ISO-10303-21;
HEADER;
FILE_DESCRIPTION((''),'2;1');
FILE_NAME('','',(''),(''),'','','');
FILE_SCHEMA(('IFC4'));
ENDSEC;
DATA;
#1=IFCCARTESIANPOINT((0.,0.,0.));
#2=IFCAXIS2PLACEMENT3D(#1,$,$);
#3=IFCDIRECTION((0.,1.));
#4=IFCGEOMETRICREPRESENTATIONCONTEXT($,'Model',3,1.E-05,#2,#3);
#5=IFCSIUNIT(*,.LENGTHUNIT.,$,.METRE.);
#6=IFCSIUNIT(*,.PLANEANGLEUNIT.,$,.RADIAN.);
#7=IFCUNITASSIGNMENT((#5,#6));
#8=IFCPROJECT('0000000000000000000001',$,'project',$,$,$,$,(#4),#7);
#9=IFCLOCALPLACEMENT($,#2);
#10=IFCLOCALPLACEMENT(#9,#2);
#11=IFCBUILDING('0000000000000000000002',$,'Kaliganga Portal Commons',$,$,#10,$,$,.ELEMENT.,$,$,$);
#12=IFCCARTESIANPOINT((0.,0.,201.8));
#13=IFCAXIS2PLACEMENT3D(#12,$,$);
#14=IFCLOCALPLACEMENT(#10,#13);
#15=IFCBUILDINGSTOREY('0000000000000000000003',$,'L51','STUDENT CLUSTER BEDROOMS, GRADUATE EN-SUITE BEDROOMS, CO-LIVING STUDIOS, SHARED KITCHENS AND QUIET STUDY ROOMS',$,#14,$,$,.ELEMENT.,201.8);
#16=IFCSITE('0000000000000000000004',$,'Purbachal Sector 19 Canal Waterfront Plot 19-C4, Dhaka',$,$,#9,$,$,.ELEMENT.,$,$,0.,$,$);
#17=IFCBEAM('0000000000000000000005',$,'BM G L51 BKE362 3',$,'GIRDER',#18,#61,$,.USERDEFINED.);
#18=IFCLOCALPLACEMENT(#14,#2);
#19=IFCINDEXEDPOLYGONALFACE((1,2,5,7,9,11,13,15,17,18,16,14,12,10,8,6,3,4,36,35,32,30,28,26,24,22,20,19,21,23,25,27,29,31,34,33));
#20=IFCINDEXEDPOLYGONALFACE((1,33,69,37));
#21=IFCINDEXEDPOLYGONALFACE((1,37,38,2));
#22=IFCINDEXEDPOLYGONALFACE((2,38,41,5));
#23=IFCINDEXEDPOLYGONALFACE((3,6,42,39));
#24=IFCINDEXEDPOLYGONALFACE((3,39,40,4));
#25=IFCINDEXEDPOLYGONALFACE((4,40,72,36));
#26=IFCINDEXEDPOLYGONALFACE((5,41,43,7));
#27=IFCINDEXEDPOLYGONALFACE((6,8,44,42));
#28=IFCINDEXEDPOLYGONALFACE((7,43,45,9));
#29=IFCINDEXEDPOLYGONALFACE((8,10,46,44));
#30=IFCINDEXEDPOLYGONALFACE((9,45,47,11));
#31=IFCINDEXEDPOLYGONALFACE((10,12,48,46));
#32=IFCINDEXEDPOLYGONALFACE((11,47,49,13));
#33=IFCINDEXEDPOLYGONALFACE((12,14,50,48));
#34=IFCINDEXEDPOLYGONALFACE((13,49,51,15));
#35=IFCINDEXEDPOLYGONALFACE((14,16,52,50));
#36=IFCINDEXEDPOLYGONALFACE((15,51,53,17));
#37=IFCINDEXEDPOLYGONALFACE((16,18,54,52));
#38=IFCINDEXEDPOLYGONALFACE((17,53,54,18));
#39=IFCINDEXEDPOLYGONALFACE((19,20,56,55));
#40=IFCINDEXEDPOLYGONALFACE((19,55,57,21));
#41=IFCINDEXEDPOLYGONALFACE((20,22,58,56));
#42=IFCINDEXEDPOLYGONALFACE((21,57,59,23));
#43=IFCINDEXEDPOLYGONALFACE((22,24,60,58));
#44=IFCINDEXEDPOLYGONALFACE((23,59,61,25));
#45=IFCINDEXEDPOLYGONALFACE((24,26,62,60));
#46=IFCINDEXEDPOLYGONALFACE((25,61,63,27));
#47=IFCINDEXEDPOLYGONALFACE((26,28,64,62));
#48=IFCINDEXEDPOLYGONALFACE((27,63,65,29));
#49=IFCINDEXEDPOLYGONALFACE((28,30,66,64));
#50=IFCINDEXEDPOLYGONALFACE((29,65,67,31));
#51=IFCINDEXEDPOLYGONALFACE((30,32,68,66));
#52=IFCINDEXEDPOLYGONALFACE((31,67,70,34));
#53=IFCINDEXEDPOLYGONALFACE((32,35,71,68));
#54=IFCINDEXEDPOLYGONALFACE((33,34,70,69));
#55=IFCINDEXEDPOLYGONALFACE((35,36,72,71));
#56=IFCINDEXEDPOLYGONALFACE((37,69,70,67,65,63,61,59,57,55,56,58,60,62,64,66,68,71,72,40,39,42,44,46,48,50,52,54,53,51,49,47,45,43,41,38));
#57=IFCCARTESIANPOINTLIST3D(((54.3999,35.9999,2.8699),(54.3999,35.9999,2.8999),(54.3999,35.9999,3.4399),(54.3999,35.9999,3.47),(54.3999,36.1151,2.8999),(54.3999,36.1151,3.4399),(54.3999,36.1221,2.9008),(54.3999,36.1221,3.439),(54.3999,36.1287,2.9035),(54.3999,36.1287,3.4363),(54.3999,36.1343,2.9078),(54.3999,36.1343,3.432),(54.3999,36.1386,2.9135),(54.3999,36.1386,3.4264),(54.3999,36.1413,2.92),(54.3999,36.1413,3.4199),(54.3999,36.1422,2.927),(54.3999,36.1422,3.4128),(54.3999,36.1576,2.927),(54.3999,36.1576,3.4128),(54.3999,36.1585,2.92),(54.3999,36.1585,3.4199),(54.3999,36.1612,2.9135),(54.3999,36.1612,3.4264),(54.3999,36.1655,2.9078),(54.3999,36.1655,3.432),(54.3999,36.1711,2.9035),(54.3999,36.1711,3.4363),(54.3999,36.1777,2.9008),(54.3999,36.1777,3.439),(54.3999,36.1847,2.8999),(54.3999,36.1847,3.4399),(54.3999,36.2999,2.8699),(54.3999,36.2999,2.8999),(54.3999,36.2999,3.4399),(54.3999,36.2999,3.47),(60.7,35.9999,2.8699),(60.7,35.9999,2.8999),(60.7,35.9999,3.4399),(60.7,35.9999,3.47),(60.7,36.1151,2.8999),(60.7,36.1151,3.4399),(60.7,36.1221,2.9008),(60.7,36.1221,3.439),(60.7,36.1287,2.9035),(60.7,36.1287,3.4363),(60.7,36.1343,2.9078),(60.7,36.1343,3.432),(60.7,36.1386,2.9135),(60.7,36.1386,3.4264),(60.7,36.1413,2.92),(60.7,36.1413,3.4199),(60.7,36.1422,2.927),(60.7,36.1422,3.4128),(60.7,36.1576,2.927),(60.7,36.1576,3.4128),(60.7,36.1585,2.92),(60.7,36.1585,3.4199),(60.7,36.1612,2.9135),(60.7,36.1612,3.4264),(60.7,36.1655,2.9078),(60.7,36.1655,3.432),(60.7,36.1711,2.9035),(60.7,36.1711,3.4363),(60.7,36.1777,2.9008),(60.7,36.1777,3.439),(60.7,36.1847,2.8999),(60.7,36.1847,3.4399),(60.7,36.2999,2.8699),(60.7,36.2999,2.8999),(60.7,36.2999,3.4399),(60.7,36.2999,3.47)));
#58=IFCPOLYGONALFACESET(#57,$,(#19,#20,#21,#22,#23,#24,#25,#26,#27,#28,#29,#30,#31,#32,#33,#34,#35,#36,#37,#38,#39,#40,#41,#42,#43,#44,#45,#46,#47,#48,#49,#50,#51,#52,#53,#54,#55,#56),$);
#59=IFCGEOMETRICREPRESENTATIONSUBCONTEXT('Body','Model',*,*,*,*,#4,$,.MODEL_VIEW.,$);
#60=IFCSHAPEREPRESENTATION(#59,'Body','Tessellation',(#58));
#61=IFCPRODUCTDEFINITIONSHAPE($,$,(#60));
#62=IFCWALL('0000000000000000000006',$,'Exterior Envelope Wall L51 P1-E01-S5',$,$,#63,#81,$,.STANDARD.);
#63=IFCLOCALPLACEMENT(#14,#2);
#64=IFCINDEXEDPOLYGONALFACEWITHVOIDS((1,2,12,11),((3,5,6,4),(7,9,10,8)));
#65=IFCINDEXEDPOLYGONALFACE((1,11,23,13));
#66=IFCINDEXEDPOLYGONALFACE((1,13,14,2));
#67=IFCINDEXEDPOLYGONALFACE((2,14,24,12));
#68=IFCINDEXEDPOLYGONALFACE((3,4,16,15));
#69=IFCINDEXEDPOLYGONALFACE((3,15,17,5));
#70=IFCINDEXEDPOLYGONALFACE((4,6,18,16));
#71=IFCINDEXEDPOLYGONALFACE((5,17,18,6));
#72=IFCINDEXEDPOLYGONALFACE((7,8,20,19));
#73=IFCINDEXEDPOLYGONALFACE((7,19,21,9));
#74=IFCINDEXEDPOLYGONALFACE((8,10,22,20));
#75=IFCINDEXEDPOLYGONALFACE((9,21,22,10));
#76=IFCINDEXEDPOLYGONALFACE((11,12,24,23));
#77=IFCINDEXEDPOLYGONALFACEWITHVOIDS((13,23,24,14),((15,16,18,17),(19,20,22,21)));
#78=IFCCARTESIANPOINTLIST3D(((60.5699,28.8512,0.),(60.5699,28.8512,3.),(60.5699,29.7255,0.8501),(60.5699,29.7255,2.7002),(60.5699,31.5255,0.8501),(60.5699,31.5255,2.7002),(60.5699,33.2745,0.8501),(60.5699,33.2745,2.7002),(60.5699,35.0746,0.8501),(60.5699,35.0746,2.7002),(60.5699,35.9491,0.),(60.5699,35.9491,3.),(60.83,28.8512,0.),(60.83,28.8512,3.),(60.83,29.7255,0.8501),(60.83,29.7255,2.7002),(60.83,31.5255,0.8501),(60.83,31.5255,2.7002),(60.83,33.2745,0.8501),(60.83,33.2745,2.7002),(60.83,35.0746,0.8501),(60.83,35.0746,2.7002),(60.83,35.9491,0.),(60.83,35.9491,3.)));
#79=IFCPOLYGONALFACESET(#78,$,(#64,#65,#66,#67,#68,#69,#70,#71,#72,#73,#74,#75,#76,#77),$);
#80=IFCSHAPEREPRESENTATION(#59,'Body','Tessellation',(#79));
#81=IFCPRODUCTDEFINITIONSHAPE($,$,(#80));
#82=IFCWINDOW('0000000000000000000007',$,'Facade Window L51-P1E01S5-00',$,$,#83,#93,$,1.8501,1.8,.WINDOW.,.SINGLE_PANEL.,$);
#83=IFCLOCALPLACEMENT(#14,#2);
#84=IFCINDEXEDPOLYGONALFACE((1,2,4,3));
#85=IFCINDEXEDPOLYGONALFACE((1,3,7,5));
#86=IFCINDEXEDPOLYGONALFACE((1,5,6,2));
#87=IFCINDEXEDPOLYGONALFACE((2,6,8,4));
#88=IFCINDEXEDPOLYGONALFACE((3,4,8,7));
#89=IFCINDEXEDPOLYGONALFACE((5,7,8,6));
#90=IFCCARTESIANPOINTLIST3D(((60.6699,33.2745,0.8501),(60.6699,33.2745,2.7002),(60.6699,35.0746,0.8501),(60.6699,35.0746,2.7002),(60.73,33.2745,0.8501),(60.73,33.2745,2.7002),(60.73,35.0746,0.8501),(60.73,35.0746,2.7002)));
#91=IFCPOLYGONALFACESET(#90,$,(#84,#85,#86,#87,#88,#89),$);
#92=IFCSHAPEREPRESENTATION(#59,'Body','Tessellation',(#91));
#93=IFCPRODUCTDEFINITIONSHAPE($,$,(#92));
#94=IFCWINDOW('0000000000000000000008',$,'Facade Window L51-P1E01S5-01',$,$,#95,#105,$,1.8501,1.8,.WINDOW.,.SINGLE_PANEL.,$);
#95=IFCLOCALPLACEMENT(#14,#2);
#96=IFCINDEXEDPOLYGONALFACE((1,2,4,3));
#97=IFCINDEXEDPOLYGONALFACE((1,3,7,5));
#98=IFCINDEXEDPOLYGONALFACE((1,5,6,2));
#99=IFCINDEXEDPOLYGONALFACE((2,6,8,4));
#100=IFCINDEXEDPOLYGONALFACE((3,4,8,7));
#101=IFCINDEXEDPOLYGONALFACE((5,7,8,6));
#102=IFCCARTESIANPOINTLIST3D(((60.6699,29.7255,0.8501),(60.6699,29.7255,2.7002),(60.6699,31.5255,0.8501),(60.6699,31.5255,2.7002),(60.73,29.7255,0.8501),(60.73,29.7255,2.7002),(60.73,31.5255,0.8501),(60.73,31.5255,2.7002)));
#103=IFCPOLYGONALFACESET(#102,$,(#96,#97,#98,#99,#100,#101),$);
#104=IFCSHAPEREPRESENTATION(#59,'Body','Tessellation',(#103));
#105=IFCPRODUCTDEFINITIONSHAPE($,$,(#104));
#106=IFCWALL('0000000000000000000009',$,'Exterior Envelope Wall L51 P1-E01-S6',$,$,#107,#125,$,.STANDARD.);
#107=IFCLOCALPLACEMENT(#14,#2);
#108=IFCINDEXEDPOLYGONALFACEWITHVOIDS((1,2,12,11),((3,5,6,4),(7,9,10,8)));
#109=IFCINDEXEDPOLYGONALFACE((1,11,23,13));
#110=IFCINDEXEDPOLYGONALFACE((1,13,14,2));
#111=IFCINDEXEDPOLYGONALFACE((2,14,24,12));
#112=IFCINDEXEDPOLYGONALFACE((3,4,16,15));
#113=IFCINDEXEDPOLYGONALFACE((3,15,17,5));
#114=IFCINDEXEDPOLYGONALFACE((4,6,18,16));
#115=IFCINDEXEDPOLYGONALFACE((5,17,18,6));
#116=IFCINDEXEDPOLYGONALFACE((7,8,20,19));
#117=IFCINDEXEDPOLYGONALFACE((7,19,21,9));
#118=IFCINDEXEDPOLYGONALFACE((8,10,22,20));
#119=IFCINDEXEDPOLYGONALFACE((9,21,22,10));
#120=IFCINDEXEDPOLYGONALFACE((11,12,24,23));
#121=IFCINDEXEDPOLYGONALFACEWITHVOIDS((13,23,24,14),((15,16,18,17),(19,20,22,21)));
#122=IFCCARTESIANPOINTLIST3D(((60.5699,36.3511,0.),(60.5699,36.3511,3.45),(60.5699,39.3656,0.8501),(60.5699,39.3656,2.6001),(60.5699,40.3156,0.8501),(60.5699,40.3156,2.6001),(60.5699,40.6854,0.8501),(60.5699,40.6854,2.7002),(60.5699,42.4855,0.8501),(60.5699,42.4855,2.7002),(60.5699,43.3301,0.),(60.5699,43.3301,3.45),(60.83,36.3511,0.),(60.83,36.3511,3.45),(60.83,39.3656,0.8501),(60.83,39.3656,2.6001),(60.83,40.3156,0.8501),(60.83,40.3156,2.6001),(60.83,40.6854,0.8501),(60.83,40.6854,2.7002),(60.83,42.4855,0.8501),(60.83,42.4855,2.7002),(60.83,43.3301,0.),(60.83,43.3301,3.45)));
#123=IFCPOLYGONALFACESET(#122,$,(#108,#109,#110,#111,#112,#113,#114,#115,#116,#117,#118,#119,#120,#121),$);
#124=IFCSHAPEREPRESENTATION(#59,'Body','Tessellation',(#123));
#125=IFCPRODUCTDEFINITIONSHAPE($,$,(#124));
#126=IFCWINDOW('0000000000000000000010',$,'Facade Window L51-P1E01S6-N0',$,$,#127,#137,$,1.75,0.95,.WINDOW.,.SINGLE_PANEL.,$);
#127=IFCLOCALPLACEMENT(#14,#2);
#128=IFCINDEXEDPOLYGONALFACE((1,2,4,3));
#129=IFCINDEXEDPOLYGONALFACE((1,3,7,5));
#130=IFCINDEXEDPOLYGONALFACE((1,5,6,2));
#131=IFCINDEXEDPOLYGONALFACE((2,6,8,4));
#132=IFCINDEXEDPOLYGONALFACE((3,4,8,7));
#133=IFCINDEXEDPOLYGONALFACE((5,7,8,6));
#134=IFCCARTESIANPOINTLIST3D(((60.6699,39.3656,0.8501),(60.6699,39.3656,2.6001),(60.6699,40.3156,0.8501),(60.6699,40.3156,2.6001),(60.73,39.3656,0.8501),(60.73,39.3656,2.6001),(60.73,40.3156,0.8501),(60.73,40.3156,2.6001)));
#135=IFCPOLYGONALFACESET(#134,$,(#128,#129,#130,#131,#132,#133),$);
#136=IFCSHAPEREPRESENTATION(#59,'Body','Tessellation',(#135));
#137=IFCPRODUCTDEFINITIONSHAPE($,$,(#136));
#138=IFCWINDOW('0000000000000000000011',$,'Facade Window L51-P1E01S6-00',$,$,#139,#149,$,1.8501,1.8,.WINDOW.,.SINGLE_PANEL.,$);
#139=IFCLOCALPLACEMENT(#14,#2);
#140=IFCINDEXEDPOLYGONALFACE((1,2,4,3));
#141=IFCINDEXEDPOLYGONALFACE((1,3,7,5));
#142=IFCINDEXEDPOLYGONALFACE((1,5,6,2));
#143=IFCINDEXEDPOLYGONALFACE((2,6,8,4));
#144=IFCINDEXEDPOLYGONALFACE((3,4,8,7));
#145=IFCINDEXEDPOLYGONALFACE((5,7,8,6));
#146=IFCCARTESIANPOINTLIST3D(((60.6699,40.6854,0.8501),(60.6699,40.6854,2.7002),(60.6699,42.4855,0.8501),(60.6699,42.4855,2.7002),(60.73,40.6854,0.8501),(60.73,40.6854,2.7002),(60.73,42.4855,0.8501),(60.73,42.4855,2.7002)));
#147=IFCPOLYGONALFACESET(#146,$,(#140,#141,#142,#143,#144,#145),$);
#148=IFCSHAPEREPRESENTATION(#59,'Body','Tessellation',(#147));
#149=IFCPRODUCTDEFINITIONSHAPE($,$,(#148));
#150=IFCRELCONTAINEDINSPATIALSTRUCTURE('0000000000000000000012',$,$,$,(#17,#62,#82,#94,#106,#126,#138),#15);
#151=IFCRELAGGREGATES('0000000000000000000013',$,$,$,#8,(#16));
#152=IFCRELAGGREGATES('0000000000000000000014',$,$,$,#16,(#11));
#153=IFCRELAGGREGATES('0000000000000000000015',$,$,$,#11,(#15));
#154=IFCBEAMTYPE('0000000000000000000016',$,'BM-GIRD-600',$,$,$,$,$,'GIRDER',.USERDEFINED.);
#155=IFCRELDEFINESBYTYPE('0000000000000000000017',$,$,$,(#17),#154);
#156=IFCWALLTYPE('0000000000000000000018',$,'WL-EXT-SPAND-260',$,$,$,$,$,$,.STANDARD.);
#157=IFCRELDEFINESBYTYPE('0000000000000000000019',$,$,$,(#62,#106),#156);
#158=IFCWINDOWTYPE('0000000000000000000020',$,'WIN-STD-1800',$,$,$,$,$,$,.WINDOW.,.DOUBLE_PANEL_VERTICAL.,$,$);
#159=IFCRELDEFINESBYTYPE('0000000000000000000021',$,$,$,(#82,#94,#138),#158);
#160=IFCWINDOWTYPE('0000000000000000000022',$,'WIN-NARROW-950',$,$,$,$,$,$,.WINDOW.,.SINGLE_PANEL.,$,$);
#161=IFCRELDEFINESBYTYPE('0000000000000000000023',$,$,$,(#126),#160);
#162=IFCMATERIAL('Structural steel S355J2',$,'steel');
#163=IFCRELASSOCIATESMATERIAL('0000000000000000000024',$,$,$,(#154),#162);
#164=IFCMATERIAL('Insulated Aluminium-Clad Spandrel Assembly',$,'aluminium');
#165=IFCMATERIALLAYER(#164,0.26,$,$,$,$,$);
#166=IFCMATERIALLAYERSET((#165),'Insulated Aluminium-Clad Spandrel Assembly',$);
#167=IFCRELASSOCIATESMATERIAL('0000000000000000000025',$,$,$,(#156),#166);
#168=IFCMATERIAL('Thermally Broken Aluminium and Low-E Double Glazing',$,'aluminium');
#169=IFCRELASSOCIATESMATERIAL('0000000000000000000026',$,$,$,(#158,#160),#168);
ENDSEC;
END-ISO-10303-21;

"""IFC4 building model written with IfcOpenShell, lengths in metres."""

from ifc_helpers import new_model, si_unit, direction, frame, frame_2d, origin, origin_2d, place, context, subcontext, project, spatial, rectangle, i_section, extrude, source, transform, mapped, material, layer, layer_set, material_profile, profile_set, type_object, element, fill, save


model = new_model("IFC4")

# Units and contexts
model_context = context("Model", 3, precision=1e-05, world=origin(), true_north=direction((0.0, 1.0)))
body_context = subcontext(model_context, "Body", "Model", "MODEL_VIEW")
ifc_project = project(units=[si_unit("LENGTHUNIT", "METRE"), si_unit("PLANEANGLEUNIT", "RADIAN")], contexts=[model_context])

# Site, building, storey
site_placement = place(None, origin())
site = spatial("IfcSite", under=ifc_project, at=site_placement, Name="Purbachal Sector 19 Canal Waterfront Plot 19-C4, Dhaka", CompositionType="ELEMENT", RefElevation=0.0)
building_placement = place(site_placement, origin())
building = spatial("IfcBuilding", under=site, at=building_placement, Name="Kaliganga Portal Commons", CompositionType="ELEMENT")
storey_placement = place(building_placement, frame((0.0, 0.0, 201.8)))
storey = spatial("IfcBuildingStorey", under=building, at=storey_placement, Name="L51", Description="STUDENT CLUSTER BEDROOMS, GRADUATE EN-SUITE BEDROOMS, CO-LIVING STUDIOS, SHARED KITCHENS AND QUIET STUDY ROOMS", CompositionType="ELEMENT", Elevation=201.8)

# Shared definitions
ifc_material_1 = material(Name="Structural steel S355J2", Category="steel")

# Beam
ifc_material_profile_1 = material_profile(ifc_material_1, i_section(OverallWidth=0.3, OverallDepth=0.6001, WebThickness=0.0154, FlangeThickness=0.03, FilletRadius=0.0271, at=origin_2d()), Name="HE 600 B")
ifc_profile_set_1 = profile_set([ifc_material_profile_1], Name="Structural steel S355J2 wide-flange")
beam_type_1 = type_object("IfcBeamType", Name="BM-GIRD-600", ElementType="GIRDER", PredefinedType="USERDEFINED", material=ifc_profile_set_1)
shared_shape_1 = source(origin(), body_context, "Body", "SweptSolid", [
    extrude(i_section(OverallWidth=0.3, OverallDepth=0.6001, WebThickness=0.0154, FlangeThickness=0.03, FilletRadius=0.0271, at=origin_2d()), origin(), (0.0, 0.0, 1.0), 6.3),
])
beam_1_placement = place(storey_placement, frame((54.3999, 36.1499, 3.1699), z_axis=(1.0, 0.0, 0.0), x_axis=(0.0, 1.0, 0.0)))
element("IfcBeam", 1, at=beam_1_placement, inside=storey, type_object=beam_type_1, Name="BM G L51 BKE362 3", ObjectType="GIRDER", PredefinedType="USERDEFINED", context=body_context, shape_type="MappedRepresentation", body=[
    mapped(shared_shape_1, transform((0.0, 0.0, 0.0), x_axis=(1.0, 0.0, 0.0), y_axis=(0.0, 1.0, 0.0), z_axis=(0.0, 0.0, 1.0), scale=1.0)),
])

# Walls, openings, windows
ifc_material_2 = material(Name="Insulated Aluminium-Clad Spandrel Assembly", Category="aluminium")
ifc_layer_1 = layer(ifc_material_2, 0.26)
ifc_layer_set_1 = layer_set([ifc_layer_1], Name="Insulated Aluminium-Clad Spandrel Assembly")
wall_type_1 = type_object("IfcWallType", Name="WL-EXT-SPAND-260", PredefinedType="STANDARD", material=ifc_layer_set_1)
wall_1_placement = place(storey_placement, frame((60.7, 35.949, 0.0), z_axis=(0.0, 0.0, 1.0), x_axis=(0.0, -1.0, 0.0)))
wall_1 = element("IfcWall", 2, at=wall_1_placement, inside=storey, type_object=wall_type_1, Name="Exterior Envelope Wall L51 P1-E01-S5", PredefinedType="STANDARD", context=body_context, shape_type="SweptSolid", body=[
    extrude(rectangle(XDim=7.0979, YDim=0.26, at=frame_2d((3.5488, 0.0))), origin(), (0.0, 0.0, 1.0), 3.0),
])
opening_1_placement = place(wall_1_placement, frame((0.8745, 0.0, 0.8501)))
opening_1 = element("IfcOpeningElement", 3, at=opening_1_placement, cuts=wall_1, PredefinedType="OPENING", context=body_context, shape_type="SweptSolid", body=[
    extrude(rectangle(XDim=1.8, YDim=1.8501, at=frame_2d((0.8999, 0.925))), frame((0.0, 0.1401, 0.0), z_axis=(0.0, -1.0, 0.0), x_axis=(1.0, 0.0, 0.0)), (0.0, 0.0, 1.0), 0.28),
])
opening_2_placement = place(wall_1_placement, frame((4.4236, 0.0, 0.8501)))
opening_2 = element("IfcOpeningElement", 4, at=opening_2_placement, cuts=wall_1, PredefinedType="OPENING", context=body_context, shape_type="SweptSolid", body=[
    extrude(rectangle(XDim=1.8, YDim=1.8501, at=frame_2d((0.8999, 0.925))), frame((0.0, 0.1401, 0.0), z_axis=(0.0, -1.0, 0.0), x_axis=(1.0, 0.0, 0.0)), (0.0, 0.0, 1.0), 0.28),
])
ifc_material_3 = material(Name="Thermally Broken Aluminium and Low-E Double Glazing", Category="aluminium")
window_type_1 = type_object("IfcWindowType", Name="WIN-STD-1800", PartitioningType="DOUBLE_PANEL_VERTICAL", PredefinedType="WINDOW", material=ifc_material_3)
window_1_placement = place(opening_1_placement, origin())
window_1 = element("IfcWindow", 5, at=window_1_placement, inside=storey, type_object=window_type_1, Name="Facade Window L51-P1E01S5-00", OverallHeight=1.8501, OverallWidth=1.8, PartitioningType="SINGLE_PANEL", PredefinedType="WINDOW", context=body_context, shape_type="SweptSolid", body=[
    extrude(rectangle(XDim=1.8, YDim=1.8501, at=frame_2d((0.8999, 0.925))), frame((0.0, 0.03, 0.0), z_axis=(0.0, -1.0, 0.0), x_axis=(1.0, 0.0, 0.0)), (0.0, 0.0, 1.0), 0.0601),
])
fill(opening_1, window_1)
window_2_placement = place(opening_2_placement, origin())
window_2 = element("IfcWindow", 6, at=window_2_placement, inside=storey, type_object=window_type_1, Name="Facade Window L51-P1E01S5-01", OverallHeight=1.8501, OverallWidth=1.8, PartitioningType="SINGLE_PANEL", PredefinedType="WINDOW", context=body_context, shape_type="SweptSolid", body=[
    extrude(rectangle(XDim=1.8, YDim=1.8501, at=frame_2d((0.8999, 0.925))), frame((0.0, 0.03, 0.0), z_axis=(0.0, -1.0, 0.0), x_axis=(1.0, 0.0, 0.0)), (0.0, 0.0, 1.0), 0.0601),
])
fill(opening_2, window_2)
wall_2_placement = place(storey_placement, frame((60.7, 43.3301, 0.0), z_axis=(0.0, 0.0, 1.0), x_axis=(0.0, -1.0, 0.0)))
wall_2 = element("IfcWall", 7, at=wall_2_placement, inside=storey, type_object=wall_type_1, Name="Exterior Envelope Wall L51 P1-E01-S6", PredefinedType="STANDARD", context=body_context, shape_type="SweptSolid", body=[
    extrude(rectangle(XDim=6.979, YDim=0.26, at=frame_2d((3.4895, 0.0))), origin(), (0.0, 0.0, 1.0), 3.45),
])
opening_3_placement = place(wall_2_placement, frame((0.8447, 0.0, 0.8501)))
opening_3 = element("IfcOpeningElement", 8, at=opening_3_placement, cuts=wall_2, PredefinedType="OPENING", context=body_context, shape_type="SweptSolid", body=[
    extrude(rectangle(XDim=1.8, YDim=1.8501, at=frame_2d((0.8999, 0.925))), frame((0.0, 0.1401, 0.0), z_axis=(0.0, -1.0, 0.0), x_axis=(1.0, 0.0, 0.0)), (0.0, 0.0, 1.0), 0.28),
])
opening_4_placement = place(wall_2_placement, frame((3.0144, 0.0, 0.8501)))
opening_4 = element("IfcOpeningElement", 9, at=opening_4_placement, cuts=wall_2, PredefinedType="OPENING", context=body_context, shape_type="SweptSolid", body=[
    extrude(rectangle(XDim=0.95, YDim=1.75, at=frame_2d((0.4751, 0.875))), frame((0.0, 0.1401, 0.0), z_axis=(0.0, -1.0, 0.0), x_axis=(1.0, 0.0, 0.0)), (0.0, 0.0, 1.0), 0.28),
])
window_type_2 = type_object("IfcWindowType", Name="WIN-NARROW-950", PartitioningType="SINGLE_PANEL", PredefinedType="WINDOW", material=ifc_material_3)
window_3_placement = place(opening_4_placement, origin())
window_3 = element("IfcWindow", 10, at=window_3_placement, inside=storey, type_object=window_type_2, Name="Facade Window L51-P1E01S6-N0", OverallHeight=1.75, OverallWidth=0.95, PartitioningType="SINGLE_PANEL", PredefinedType="WINDOW", context=body_context, shape_type="SweptSolid", body=[
    extrude(rectangle(XDim=0.95, YDim=1.75, at=frame_2d((0.4751, 0.875))), frame((0.0, 0.03, 0.0), z_axis=(0.0, -1.0, 0.0), x_axis=(1.0, 0.0, 0.0)), (0.0, 0.0, 1.0), 0.0601),
])
fill(opening_4, window_3)
window_4_placement = place(opening_3_placement, origin())
window_4 = element("IfcWindow", 11, at=window_4_placement, inside=storey, type_object=window_type_1, Name="Facade Window L51-P1E01S6-00", OverallHeight=1.8501, OverallWidth=1.8, PartitioningType="SINGLE_PANEL", PredefinedType="WINDOW", context=body_context, shape_type="SweptSolid", body=[
    extrude(rectangle(XDim=1.8, YDim=1.8501, at=frame_2d((0.8999, 0.925))), frame((0.0, 0.03, 0.0), z_axis=(0.0, -1.0, 0.0), x_axis=(1.0, 0.0, 0.0)), (0.0, 0.0, 1.0), 0.0601),
])
fill(opening_3, window_4)

save(model, "model.ifc")
